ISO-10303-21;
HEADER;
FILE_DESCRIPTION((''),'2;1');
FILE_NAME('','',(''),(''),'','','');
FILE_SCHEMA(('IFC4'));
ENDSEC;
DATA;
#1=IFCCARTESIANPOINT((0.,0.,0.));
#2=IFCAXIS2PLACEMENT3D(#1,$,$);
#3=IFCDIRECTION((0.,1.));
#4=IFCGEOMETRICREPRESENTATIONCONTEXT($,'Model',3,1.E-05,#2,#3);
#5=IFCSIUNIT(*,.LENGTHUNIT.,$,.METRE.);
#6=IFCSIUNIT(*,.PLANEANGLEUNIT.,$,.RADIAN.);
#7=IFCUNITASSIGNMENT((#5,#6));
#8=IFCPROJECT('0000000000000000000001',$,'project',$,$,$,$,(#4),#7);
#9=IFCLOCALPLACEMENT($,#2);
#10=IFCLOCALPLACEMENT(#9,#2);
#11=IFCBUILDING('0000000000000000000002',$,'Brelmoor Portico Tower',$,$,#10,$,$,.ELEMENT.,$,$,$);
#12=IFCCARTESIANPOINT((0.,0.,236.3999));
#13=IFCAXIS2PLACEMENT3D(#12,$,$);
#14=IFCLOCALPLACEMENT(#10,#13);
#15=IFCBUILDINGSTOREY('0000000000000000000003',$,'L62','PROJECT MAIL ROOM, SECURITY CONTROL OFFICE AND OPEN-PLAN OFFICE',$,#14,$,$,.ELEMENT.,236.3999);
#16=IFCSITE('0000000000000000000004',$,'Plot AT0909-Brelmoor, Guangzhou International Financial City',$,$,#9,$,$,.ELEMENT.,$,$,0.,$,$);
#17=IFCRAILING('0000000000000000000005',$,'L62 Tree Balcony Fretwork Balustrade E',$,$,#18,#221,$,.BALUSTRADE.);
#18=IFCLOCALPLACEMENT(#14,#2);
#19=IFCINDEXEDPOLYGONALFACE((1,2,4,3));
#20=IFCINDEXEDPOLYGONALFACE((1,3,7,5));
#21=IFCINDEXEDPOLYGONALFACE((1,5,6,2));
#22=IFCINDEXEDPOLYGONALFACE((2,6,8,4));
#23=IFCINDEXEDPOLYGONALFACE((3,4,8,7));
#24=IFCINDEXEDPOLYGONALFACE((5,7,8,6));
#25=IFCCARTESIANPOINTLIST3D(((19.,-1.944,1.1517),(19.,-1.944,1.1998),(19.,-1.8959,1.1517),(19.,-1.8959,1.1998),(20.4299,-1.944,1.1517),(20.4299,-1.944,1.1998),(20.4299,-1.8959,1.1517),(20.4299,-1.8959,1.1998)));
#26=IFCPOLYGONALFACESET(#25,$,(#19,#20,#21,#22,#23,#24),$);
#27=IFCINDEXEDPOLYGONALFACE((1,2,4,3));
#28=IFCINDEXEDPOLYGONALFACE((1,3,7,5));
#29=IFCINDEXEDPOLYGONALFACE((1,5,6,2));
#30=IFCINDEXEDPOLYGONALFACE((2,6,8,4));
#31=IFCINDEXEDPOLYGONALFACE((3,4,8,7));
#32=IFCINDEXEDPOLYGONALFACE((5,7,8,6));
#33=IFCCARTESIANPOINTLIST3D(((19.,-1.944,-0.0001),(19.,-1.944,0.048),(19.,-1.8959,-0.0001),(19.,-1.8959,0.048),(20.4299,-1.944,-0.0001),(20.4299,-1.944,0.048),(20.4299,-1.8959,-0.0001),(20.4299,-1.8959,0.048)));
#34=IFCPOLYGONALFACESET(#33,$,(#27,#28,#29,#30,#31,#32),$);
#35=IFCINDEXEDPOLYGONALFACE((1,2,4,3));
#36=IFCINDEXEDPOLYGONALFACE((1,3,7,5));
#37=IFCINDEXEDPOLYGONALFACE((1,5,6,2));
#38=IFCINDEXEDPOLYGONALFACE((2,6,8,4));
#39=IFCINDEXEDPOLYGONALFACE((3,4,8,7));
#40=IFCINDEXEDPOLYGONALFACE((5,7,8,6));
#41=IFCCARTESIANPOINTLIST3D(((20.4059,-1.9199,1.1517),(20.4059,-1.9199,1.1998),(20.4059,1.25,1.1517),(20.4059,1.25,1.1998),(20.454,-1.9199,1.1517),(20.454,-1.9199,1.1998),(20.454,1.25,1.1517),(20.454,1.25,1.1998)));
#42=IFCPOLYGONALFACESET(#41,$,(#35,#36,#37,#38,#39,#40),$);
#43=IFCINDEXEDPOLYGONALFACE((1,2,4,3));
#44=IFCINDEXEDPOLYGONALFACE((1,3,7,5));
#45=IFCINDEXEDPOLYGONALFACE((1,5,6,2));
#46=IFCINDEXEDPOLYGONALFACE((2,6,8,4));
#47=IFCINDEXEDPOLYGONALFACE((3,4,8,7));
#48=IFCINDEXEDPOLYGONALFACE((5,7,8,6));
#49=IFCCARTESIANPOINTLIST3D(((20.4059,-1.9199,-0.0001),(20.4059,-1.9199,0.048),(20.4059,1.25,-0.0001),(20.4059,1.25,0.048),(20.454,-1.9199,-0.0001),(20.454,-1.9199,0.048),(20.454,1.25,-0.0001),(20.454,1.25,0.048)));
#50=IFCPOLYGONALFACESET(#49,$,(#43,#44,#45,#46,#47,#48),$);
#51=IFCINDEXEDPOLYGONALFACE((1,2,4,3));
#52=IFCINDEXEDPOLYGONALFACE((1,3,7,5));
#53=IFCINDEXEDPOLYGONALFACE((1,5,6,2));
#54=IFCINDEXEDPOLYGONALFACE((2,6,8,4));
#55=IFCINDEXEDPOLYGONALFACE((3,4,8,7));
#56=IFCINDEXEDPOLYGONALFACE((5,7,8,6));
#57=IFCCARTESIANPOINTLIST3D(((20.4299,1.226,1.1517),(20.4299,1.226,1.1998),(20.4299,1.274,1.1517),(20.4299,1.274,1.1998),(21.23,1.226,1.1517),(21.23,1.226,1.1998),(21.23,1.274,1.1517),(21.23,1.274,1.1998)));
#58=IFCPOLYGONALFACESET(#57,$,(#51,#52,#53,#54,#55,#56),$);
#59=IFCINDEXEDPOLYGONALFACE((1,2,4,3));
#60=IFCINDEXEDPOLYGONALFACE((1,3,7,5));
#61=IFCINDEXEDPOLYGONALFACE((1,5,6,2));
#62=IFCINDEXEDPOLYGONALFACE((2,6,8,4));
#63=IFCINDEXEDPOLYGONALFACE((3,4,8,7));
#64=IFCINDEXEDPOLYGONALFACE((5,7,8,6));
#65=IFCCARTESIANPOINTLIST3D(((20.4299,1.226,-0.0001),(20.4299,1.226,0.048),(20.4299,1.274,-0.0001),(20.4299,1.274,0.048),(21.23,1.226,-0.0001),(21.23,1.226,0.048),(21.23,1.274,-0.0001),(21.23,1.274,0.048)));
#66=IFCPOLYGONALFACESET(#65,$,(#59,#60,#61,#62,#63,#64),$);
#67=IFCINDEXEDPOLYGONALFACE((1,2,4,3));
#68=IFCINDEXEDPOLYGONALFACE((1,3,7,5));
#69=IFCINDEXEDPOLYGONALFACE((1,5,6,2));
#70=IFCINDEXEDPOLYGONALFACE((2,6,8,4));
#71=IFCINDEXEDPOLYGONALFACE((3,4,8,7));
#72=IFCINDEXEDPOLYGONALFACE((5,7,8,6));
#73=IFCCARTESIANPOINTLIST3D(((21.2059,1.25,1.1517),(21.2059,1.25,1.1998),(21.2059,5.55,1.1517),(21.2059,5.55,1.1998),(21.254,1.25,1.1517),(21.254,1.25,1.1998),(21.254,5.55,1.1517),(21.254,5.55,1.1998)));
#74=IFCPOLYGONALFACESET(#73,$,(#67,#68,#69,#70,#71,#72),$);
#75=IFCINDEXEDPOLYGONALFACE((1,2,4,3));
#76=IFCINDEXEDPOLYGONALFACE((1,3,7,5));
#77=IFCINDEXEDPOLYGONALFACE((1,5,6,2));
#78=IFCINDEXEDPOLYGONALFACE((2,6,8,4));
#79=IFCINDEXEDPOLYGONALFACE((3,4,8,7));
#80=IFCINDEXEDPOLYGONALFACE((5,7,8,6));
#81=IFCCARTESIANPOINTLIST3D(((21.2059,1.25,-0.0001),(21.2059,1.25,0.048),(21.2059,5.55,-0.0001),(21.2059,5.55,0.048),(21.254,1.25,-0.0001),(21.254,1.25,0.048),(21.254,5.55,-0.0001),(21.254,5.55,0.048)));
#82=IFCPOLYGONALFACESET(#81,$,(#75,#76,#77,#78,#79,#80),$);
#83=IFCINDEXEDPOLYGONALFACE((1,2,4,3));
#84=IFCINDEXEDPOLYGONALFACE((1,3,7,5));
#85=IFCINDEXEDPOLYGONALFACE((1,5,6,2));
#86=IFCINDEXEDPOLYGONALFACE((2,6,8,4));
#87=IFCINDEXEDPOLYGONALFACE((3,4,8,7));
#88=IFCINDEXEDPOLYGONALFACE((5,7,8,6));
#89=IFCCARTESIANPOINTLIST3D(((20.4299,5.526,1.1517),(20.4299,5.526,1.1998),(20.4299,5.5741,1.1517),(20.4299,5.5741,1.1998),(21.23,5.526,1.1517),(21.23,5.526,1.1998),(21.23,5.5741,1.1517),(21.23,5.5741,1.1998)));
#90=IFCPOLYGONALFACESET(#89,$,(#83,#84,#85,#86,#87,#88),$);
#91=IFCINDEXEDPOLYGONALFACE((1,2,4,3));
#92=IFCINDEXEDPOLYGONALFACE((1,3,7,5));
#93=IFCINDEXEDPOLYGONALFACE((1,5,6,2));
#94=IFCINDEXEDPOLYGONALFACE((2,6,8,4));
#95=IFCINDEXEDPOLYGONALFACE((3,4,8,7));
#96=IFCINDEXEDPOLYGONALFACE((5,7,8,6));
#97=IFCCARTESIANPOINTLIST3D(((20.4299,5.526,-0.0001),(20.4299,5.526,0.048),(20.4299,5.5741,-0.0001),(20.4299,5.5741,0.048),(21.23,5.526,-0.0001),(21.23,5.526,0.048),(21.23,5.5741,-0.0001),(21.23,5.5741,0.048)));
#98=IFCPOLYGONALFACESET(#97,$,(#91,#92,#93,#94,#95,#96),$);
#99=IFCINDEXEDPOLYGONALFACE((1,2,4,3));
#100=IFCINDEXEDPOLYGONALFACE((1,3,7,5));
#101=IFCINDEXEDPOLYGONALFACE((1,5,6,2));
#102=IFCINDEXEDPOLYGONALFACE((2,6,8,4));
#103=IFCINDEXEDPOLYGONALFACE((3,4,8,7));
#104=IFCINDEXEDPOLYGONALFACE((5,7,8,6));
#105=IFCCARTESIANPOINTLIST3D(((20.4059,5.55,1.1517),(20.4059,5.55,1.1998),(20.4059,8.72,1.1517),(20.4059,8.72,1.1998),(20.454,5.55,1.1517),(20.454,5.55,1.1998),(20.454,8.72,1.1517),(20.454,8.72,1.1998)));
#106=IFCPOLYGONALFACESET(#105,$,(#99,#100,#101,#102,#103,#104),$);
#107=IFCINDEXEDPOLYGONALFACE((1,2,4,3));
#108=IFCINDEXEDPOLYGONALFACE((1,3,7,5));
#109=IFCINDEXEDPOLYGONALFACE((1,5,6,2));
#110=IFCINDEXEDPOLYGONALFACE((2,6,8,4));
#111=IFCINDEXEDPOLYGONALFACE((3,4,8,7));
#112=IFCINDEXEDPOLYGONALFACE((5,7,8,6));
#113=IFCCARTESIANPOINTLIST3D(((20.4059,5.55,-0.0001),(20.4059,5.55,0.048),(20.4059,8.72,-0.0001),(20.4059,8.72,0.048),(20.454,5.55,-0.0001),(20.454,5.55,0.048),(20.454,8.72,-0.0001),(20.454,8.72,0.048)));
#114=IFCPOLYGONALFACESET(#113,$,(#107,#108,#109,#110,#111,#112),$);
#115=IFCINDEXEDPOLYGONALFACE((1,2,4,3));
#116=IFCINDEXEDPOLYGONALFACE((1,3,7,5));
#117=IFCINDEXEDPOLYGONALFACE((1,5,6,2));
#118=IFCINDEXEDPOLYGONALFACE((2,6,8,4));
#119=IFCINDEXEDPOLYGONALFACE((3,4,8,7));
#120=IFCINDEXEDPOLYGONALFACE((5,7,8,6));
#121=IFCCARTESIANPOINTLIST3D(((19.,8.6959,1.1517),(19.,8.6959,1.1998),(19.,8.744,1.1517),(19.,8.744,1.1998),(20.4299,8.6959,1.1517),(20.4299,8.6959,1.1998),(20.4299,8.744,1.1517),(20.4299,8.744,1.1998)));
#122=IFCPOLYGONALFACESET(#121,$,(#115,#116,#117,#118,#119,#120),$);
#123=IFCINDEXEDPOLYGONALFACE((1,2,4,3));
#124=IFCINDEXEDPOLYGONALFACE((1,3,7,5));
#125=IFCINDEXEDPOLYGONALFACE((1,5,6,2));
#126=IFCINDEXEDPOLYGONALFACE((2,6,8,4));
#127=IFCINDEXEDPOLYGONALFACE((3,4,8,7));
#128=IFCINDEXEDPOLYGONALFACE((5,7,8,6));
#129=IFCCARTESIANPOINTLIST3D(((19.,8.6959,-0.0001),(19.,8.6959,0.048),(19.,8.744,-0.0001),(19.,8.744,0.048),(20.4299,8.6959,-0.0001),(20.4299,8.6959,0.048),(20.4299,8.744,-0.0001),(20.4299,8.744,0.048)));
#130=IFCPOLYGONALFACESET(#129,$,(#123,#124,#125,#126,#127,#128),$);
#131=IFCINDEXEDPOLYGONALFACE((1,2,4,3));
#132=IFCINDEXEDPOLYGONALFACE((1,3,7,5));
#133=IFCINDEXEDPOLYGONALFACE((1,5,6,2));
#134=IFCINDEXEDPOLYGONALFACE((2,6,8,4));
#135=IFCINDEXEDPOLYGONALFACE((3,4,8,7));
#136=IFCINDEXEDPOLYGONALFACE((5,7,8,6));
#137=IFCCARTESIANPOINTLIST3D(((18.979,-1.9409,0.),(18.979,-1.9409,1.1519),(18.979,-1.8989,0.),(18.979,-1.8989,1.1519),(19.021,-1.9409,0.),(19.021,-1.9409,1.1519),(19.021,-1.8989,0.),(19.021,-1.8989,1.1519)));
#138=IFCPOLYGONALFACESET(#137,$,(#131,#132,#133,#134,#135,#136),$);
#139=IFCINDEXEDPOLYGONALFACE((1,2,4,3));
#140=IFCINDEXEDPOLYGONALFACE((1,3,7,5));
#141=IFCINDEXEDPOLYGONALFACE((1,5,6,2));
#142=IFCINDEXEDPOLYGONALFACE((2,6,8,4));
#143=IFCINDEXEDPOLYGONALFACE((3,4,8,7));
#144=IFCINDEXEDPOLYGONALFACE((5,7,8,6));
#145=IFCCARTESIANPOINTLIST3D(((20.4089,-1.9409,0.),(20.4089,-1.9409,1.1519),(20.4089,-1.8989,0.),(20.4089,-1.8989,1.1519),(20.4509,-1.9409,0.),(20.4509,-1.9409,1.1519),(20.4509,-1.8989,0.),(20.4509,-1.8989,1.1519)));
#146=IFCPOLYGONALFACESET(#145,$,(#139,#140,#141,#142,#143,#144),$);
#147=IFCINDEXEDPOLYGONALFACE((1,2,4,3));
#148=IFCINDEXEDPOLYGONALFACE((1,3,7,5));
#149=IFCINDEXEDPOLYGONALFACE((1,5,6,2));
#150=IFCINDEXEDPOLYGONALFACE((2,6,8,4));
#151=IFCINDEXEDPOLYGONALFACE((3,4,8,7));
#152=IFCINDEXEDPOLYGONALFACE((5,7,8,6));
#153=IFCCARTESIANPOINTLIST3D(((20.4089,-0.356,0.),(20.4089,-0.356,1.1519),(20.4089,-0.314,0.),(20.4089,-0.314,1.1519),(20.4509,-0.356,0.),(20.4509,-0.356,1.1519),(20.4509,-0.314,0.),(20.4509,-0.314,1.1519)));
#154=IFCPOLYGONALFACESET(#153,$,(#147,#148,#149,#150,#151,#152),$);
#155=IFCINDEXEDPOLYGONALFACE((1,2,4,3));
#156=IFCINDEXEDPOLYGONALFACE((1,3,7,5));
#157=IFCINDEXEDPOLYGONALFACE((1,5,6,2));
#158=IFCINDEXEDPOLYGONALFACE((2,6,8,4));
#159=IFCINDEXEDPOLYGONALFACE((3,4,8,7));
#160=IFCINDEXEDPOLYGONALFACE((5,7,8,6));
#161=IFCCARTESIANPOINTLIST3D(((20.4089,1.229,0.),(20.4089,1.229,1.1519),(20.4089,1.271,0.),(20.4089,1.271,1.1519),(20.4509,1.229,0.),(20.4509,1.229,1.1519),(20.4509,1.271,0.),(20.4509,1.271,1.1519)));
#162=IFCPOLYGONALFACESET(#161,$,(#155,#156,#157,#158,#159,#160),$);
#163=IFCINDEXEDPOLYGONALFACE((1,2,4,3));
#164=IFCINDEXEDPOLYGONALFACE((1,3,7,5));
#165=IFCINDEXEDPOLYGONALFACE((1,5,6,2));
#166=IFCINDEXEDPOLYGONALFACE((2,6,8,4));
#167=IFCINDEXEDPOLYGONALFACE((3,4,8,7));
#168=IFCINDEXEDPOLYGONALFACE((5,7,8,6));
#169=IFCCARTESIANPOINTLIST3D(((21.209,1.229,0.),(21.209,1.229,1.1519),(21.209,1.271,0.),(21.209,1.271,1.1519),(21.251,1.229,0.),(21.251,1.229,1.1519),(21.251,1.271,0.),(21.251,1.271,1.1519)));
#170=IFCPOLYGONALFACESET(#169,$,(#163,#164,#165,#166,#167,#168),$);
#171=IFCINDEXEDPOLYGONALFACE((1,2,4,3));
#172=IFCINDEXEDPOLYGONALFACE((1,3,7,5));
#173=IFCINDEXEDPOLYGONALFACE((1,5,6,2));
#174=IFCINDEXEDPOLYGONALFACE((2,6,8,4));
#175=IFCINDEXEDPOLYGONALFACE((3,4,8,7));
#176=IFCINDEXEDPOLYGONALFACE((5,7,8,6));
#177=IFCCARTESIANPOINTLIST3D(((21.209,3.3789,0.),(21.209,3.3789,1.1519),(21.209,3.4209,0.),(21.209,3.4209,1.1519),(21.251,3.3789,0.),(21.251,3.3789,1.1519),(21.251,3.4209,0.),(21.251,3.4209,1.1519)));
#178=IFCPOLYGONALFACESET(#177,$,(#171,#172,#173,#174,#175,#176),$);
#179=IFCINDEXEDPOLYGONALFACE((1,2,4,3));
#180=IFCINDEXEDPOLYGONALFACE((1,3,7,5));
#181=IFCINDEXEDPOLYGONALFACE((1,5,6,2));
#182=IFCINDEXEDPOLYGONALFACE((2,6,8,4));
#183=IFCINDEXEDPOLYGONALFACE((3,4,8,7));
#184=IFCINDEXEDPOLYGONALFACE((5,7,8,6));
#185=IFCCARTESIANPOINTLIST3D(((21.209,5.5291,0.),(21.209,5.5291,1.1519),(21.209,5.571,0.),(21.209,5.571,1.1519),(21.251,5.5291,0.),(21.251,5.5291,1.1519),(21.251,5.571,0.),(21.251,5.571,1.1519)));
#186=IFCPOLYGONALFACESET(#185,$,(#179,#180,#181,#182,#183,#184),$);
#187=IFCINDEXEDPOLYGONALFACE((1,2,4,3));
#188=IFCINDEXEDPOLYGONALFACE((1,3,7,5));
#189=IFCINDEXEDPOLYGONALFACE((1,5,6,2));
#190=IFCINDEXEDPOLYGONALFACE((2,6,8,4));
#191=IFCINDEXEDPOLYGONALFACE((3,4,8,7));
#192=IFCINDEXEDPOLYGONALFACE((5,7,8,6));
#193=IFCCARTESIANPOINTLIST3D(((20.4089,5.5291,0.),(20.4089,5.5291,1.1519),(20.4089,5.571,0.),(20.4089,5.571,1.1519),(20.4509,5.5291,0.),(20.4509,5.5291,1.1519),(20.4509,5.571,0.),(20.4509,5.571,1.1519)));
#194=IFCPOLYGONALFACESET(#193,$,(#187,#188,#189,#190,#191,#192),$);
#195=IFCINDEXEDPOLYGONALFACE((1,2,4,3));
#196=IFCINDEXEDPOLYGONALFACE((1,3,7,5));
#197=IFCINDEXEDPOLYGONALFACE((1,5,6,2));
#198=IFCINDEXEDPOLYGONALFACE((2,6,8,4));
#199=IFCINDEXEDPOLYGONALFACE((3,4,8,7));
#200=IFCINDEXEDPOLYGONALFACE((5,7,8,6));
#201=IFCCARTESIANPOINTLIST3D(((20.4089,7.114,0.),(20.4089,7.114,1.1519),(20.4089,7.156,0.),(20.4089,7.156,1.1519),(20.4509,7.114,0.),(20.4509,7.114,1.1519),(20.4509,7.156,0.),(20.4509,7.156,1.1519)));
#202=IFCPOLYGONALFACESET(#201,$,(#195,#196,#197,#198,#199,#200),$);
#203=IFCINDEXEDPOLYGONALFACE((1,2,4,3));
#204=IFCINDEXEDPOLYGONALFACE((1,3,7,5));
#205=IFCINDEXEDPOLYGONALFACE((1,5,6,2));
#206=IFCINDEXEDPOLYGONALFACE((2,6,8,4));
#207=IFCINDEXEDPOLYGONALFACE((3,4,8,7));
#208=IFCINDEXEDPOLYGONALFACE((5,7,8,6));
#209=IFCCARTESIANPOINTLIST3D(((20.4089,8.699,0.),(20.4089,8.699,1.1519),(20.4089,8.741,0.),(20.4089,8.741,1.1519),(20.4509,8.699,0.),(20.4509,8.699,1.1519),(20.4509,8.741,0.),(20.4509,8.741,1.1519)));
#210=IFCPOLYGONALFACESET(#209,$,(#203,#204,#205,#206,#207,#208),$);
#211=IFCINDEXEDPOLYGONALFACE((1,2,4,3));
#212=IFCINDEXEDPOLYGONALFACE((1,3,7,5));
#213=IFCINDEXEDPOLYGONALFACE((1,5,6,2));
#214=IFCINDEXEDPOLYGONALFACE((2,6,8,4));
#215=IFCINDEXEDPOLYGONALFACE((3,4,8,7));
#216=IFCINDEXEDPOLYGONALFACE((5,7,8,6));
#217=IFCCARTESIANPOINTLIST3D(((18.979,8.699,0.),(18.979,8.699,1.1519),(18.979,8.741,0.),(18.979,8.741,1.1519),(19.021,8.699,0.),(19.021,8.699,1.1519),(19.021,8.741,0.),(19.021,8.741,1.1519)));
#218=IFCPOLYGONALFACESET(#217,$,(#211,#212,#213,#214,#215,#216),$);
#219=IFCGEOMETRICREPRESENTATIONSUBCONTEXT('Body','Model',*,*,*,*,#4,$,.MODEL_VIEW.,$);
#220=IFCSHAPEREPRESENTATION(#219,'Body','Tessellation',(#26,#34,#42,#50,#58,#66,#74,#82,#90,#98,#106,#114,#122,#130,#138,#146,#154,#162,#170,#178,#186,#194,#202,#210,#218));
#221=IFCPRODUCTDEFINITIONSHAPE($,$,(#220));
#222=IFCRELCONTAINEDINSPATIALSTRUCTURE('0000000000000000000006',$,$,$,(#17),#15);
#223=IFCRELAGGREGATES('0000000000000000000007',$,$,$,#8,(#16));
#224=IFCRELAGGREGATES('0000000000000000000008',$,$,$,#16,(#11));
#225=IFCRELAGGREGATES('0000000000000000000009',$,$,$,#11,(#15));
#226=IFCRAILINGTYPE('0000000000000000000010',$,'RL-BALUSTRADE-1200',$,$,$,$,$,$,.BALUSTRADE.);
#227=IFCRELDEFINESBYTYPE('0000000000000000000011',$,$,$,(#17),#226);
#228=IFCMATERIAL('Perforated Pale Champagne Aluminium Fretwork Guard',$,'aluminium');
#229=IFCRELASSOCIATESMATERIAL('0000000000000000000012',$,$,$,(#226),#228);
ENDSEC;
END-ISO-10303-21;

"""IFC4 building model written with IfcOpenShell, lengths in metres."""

from ifc_helpers import new_model, si_unit, direction, frame, origin, origin_2d, place, context, subcontext, project, spatial, rectangle, extrude, material, type_object, element, save


model = new_model("IFC4")

# Units and contexts
model_context = context("Model", 3, precision=1e-05, world=origin(), true_north=direction((0.0, 1.0)))
body_context = subcontext(model_context, "Body", "Model", "MODEL_VIEW")
ifc_project = project(units=[si_unit("LENGTHUNIT", "METRE"), si_unit("PLANEANGLEUNIT", "RADIAN")], contexts=[model_context])

# Site, building, storey
site_placement = place(None, origin())
site = spatial("IfcSite", under=ifc_project, at=site_placement, Name="Plot AT0909-Brelmoor, Guangzhou International Financial City", CompositionType="ELEMENT", RefElevation=0.0)
building_placement = place(site_placement, origin())
building = spatial("IfcBuilding", under=site, at=building_placement, Name="Brelmoor Portico Tower", CompositionType="ELEMENT")
storey_placement = place(building_placement, frame((0.0, 0.0, 236.3999)))
storey = spatial("IfcBuildingStorey", under=building, at=storey_placement, Name="L62", Description="PROJECT MAIL ROOM, SECURITY CONTROL OFFICE AND OPEN-PLAN OFFICE", CompositionType="ELEMENT", Elevation=236.3999)

# Railing
ifc_material_1 = material(Name="Perforated Pale Champagne Aluminium Fretwork Guard", Category="aluminium")
railing_type = type_object("IfcRailingType", Name="RL-BALUSTRADE-1200", PredefinedType="BALUSTRADE", material=ifc_material_1)
railing_placement = place(storey_placement, frame((19.0, -1.9199, 0.0)))
element("IfcRailing", 1, at=railing_placement, inside=storey, type_object=railing_type, Name="L62 Tree Balcony Fretwork Balustrade E", PredefinedType="BALUSTRADE", context=body_context, shape_type="SweptSolid", body=[
    extrude(rectangle(XDim=0.0481, YDim=0.0481, at=origin_2d()), frame((0.0, 0.0, 1.1758), z_axis=(1.0, 0.0, 0.0), x_axis=(0.0, 1.0, 0.0)), (0.0, 0.0, 1.0), 1.4299),
    extrude(rectangle(XDim=0.0481, YDim=0.0481, at=origin_2d()), frame((0.0, 0.0, 0.0239), z_axis=(1.0, 0.0, 0.0), x_axis=(0.0, 1.0, 0.0)), (0.0, 0.0, 1.0), 1.4299),
    extrude(rectangle(XDim=0.0481, YDim=0.0481, at=origin_2d()), frame((1.4299, 0.0, 1.1758), z_axis=(0.0, 1.0, 0.0), x_axis=(-1.0, 0.0, 0.0)), (0.0, 0.0, 1.0), 3.1699),
    extrude(rectangle(XDim=0.0481, YDim=0.0481, at=origin_2d()), frame((1.4299, 0.0, 0.0239), z_axis=(0.0, 1.0, 0.0), x_axis=(-1.0, 0.0, 0.0)), (0.0, 0.0, 1.0), 3.1699),
    extrude(rectangle(XDim=0.0481, YDim=0.0481, at=origin_2d()), frame((1.4299, 3.1699, 1.1758), z_axis=(1.0, 0.0, 0.0), x_axis=(0.0, 1.0, 0.0)), (0.0, 0.0, 1.0), 0.8),
    extrude(rectangle(XDim=0.0481, YDim=0.0481, at=origin_2d()), frame((1.4299, 3.1699, 0.0239), z_axis=(1.0, 0.0, 0.0), x_axis=(0.0, 1.0, 0.0)), (0.0, 0.0, 1.0), 0.8),
    extrude(rectangle(XDim=0.0481, YDim=0.0481, at=origin_2d()), frame((2.23, 3.1699, 1.1758), z_axis=(0.0, 1.0, 0.0), x_axis=(-1.0, 0.0, 0.0)), (0.0, 0.0, 1.0), 4.3),
    extrude(rectangle(XDim=0.0481, YDim=0.0481, at=origin_2d()), frame((2.23, 3.1699, 0.0239), z_axis=(0.0, 1.0, 0.0), x_axis=(-1.0, 0.0, 0.0)), (0.0, 0.0, 1.0), 4.3),
    extrude(rectangle(XDim=0.0481, YDim=0.0481, at=origin_2d()), frame((2.23, 7.47, 1.1758), z_axis=(-1.0, 0.0, 0.0), x_axis=(0.0, -1.0, 0.0)), (0.0, 0.0, 1.0), 0.8),
    extrude(rectangle(XDim=0.0481, YDim=0.0481, at=origin_2d()), frame((2.23, 7.47, 0.0239), z_axis=(-1.0, 0.0, 0.0), x_axis=(0.0, -1.0, 0.0)), (0.0, 0.0, 1.0), 0.8),
    extrude(rectangle(XDim=0.0481, YDim=0.0481, at=origin_2d()), frame((1.4299, 7.47, 1.1758), z_axis=(0.0, 1.0, 0.0), x_axis=(-1.0, 0.0, 0.0)), (0.0, 0.0, 1.0), 3.1699),
    extrude(rectangle(XDim=0.0481, YDim=0.0481, at=origin_2d()), frame((1.4299, 7.47, 0.0239), z_axis=(0.0, 1.0, 0.0), x_axis=(-1.0, 0.0, 0.0)), (0.0, 0.0, 1.0), 3.1699),
    extrude(rectangle(XDim=0.0481, YDim=0.0481, at=origin_2d()), frame((1.4299, 10.6399, 1.1758), z_axis=(-1.0, 0.0, 0.0), x_axis=(0.0, -1.0, 0.0)), (0.0, 0.0, 1.0), 1.4299),
    extrude(rectangle(XDim=0.0481, YDim=0.0481, at=origin_2d()), frame((1.4299, 10.6399, 0.0239), z_axis=(-1.0, 0.0, 0.0), x_axis=(0.0, -1.0, 0.0)), (0.0, 0.0, 1.0), 1.4299),
    extrude(rectangle(XDim=0.042, YDim=0.042, at=origin_2d()), origin(), (0.0, 0.0, 1.0), 1.1519),
    extrude(rectangle(XDim=0.042, YDim=0.042, at=origin_2d()), frame((1.4299, 0.0, 0.0)), (0.0, 0.0, 1.0), 1.1519),
    extrude(rectangle(XDim=0.042, YDim=0.042, at=origin_2d()), frame((1.4299, 1.585, 0.0)), (0.0, 0.0, 1.0), 1.1519),
    extrude(rectangle(XDim=0.042, YDim=0.042, at=origin_2d()), frame((1.4299, 3.1699, 0.0)), (0.0, 0.0, 1.0), 1.1519),
    extrude(rectangle(XDim=0.042, YDim=0.042, at=origin_2d()), frame((2.23, 3.1699, 0.0)), (0.0, 0.0, 1.0), 1.1519),
    extrude(rectangle(XDim=0.042, YDim=0.042, at=origin_2d()), frame((2.23, 5.3198, 0.0)), (0.0, 0.0, 1.0), 1.1519),
    extrude(rectangle(XDim=0.042, YDim=0.042, at=origin_2d()), frame((2.23, 7.47, 0.0)), (0.0, 0.0, 1.0), 1.1519),
    extrude(rectangle(XDim=0.042, YDim=0.042, at=origin_2d()), frame((1.4299, 7.47, 0.0)), (0.0, 0.0, 1.0), 1.1519),
    extrude(rectangle(XDim=0.042, YDim=0.042, at=origin_2d()), frame((1.4299, 9.0549, 0.0)), (0.0, 0.0, 1.0), 1.1519),
    extrude(rectangle(XDim=0.042, YDim=0.042, at=origin_2d()), frame((1.4299, 10.6399, 0.0)), (0.0, 0.0, 1.0), 1.1519),
    extrude(rectangle(XDim=0.042, YDim=0.042, at=origin_2d()), frame((0.0, 10.6399, 0.0)), (0.0, 0.0, 1.0), 1.1519),
])

save(model, "model.ifc")
